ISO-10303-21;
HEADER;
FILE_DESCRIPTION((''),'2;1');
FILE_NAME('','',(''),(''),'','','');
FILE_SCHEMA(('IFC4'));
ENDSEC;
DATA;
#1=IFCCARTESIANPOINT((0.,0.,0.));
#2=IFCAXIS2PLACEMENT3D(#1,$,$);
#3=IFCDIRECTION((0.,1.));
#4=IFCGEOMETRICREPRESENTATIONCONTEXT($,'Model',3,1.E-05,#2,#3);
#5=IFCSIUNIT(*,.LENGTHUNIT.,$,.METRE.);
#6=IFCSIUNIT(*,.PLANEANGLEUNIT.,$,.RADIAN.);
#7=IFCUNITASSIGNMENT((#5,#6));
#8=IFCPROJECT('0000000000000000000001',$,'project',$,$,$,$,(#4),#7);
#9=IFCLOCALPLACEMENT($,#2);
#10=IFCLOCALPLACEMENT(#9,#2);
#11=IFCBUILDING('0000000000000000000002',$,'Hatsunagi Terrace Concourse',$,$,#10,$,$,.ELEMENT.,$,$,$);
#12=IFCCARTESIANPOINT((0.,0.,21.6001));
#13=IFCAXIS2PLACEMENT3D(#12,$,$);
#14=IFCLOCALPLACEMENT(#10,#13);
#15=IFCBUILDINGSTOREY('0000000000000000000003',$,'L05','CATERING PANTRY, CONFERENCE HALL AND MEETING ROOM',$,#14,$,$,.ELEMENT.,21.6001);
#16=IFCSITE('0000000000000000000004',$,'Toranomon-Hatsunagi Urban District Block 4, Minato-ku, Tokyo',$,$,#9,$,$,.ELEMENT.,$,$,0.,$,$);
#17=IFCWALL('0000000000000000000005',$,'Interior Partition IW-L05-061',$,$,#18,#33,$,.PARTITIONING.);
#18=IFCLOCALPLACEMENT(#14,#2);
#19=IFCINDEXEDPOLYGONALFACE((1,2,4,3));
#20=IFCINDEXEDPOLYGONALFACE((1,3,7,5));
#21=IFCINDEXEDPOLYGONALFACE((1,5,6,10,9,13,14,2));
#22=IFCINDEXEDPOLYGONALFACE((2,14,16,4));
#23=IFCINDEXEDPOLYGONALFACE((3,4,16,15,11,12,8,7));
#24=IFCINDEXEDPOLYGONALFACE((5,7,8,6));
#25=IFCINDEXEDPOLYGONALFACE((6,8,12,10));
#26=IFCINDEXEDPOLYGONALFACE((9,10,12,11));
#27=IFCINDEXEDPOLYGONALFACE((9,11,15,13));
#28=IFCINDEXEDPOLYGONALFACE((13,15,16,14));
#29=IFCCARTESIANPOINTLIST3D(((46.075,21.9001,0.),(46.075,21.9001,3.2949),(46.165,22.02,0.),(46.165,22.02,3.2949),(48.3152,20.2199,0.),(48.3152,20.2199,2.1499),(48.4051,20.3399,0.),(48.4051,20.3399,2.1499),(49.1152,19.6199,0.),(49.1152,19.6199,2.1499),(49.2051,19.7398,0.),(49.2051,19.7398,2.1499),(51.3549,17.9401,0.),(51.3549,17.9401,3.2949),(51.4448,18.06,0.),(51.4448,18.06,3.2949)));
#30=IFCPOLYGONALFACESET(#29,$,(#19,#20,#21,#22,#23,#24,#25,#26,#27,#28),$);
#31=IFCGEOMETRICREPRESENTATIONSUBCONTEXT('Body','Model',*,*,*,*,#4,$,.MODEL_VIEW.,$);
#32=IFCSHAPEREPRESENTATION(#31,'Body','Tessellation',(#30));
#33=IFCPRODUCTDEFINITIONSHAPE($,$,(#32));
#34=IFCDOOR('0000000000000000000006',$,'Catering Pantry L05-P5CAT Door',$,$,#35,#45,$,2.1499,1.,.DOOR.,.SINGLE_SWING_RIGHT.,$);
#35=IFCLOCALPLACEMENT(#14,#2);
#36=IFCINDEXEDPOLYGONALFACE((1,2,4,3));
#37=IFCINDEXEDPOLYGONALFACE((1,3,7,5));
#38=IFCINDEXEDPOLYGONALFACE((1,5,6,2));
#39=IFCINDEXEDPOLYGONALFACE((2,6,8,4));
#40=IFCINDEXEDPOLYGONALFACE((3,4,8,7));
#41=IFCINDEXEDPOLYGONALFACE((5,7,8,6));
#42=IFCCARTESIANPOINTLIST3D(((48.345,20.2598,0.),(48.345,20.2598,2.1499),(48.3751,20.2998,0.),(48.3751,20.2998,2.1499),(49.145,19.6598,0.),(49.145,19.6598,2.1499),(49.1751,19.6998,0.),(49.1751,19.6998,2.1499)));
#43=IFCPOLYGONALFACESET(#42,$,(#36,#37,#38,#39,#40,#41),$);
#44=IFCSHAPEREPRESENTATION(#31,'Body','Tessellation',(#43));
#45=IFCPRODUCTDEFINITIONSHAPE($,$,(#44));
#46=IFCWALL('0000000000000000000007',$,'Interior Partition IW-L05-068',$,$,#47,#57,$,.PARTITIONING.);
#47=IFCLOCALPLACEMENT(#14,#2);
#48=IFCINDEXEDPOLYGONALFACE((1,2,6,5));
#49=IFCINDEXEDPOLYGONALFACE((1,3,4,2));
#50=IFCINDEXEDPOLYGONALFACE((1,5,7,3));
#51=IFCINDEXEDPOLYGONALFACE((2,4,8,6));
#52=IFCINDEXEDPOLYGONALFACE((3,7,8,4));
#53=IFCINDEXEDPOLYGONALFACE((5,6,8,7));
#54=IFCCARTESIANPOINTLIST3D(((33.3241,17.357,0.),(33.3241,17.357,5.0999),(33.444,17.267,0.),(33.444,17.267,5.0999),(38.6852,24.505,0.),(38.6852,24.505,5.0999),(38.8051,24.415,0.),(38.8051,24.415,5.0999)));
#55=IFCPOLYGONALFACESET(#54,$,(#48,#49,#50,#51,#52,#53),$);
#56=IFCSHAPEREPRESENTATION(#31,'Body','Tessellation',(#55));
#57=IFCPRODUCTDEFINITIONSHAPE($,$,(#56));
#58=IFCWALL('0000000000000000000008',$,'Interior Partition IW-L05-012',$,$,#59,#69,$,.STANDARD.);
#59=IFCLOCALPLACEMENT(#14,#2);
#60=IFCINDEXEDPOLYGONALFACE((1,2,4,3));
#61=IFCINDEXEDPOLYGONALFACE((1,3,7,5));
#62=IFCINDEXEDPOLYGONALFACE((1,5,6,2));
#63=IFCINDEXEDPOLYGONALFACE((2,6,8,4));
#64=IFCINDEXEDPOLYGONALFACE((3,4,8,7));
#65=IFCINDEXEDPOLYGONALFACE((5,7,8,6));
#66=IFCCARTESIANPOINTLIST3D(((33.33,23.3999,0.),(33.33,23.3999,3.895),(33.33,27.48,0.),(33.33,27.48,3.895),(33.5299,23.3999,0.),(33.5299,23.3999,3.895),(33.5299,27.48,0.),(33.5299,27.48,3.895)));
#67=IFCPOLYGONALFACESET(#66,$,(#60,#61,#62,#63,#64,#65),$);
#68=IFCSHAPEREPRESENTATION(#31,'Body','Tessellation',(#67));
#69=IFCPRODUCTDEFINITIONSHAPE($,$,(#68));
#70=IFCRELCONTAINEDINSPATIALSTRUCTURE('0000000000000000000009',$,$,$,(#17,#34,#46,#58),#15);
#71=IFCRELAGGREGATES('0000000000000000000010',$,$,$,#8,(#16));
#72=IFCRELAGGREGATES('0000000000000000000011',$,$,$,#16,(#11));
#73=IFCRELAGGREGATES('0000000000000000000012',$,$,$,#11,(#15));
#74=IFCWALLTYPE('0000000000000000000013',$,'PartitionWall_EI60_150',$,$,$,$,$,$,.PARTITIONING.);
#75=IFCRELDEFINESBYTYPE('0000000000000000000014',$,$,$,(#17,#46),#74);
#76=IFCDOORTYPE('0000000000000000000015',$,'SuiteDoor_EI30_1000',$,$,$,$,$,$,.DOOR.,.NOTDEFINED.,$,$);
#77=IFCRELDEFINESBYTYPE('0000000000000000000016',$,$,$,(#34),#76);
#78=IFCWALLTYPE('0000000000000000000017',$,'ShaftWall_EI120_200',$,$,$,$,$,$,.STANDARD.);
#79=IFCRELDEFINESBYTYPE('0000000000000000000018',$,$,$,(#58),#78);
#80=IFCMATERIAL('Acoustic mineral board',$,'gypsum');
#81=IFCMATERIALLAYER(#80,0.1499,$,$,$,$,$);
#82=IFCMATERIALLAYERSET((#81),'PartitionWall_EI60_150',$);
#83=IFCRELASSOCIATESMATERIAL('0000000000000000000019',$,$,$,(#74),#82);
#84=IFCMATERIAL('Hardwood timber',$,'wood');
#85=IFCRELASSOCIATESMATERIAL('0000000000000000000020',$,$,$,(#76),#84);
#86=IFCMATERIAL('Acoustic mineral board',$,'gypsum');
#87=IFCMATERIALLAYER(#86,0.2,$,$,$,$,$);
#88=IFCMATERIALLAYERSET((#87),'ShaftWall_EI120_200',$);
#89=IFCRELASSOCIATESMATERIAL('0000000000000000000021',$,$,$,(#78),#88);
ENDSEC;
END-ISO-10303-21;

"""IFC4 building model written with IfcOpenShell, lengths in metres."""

from ifc_helpers import new_model, si_unit, direction, frame, frame_2d, origin, place, context, subcontext, project, spatial, rectangle, extrude, material, layer, layer_set, type_object, element, fill, save


model = new_model("IFC4")

# Units and contexts
model_context = context("Model", 3, precision=1e-05, world=origin(), true_north=direction((0.0, 1.0)))
body_context = subcontext(model_context, "Body", "Model", "MODEL_VIEW")
ifc_project = project(units=[si_unit("LENGTHUNIT", "METRE"), si_unit("PLANEANGLEUNIT", "RADIAN")], contexts=[model_context])

# Site, building, storey
site_placement = place(None, origin())
site = spatial("IfcSite", under=ifc_project, at=site_placement, Name="Toranomon-Hatsunagi Urban District Block 4, Minato-ku, Tokyo", CompositionType="ELEMENT", RefElevation=0.0)
building_placement = place(site_placement, origin())
building = spatial("IfcBuilding", under=site, at=building_placement, Name="Hatsunagi Terrace Concourse", CompositionType="ELEMENT")
storey_placement = place(building_placement, frame((0.0, 0.0, 21.6001)))
storey = spatial("IfcBuildingStorey", under=building, at=storey_placement, Name="L05", Description="CATERING PANTRY, CONFERENCE HALL AND MEETING ROOM", CompositionType="ELEMENT", Elevation=21.6001)

# Shared definitions
ifc_material_1 = material(Name="Acoustic mineral board", Category="gypsum")
ifc_layer_1 = layer(ifc_material_1, 0.1499)
ifc_layer_set_1 = layer_set([ifc_layer_1], Name="PartitionWall_EI60_150")
wall_type_1 = type_object("IfcWallType", Name="PartitionWall_EI60_150", PredefinedType="PARTITIONING", material=ifc_layer_set_1)

# Wall, opening, door
wall_1_placement = place(storey_placement, frame((46.1201, 21.96, 0.0), z_axis=(0.0, 0.0, 1.0), x_axis=(0.799991, -0.600012, 0.0)))
wall_1 = element("IfcWall", 1, at=wall_1_placement, inside=storey, type_object=wall_type_1, Name="Interior Partition IW-L05-061", PredefinedType="PARTITIONING", context=body_context, shape_type="SweptSolid", body=[
    extrude(rectangle(XDim=6.5999, YDim=0.1499, at=frame_2d((3.2998, 0.0))), origin(), (0.0, 0.0, 1.0), 3.2949),
])
opening_1_placement = place(wall_1_placement, frame((2.8, 0.0, 0.0)))
opening_1 = element("IfcOpeningElement", 2, at=opening_1_placement, cuts=wall_1, PredefinedType="OPENING", context=body_context, shape_type="SweptSolid", body=[
    extrude(rectangle(XDim=1.0, YDim=2.1499, at=frame_2d((0.5, 1.075))), frame((0.0, 0.085, 0.0), z_axis=(0.0, -1.0, 0.0), x_axis=(1.0, 0.0, 0.0)), (0.0, 0.0, 1.0), 0.1699),
])
ifc_material_2 = material(Name="Hardwood timber", Category="wood")
door_type_1 = type_object("IfcDoorType", Name="SuiteDoor_EI30_1000", OperationType="NOTDEFINED", PredefinedType="DOOR", material=ifc_material_2)
door_1_placement = place(opening_1_placement, origin())
door_1 = element("IfcDoor", 3, at=door_1_placement, inside=storey, type_object=door_type_1, Name="Catering Pantry L05-P5CAT Door", OperationType="SINGLE_SWING_RIGHT", OverallHeight=2.1499, OverallWidth=1.0, PredefinedType="DOOR", context=body_context, shape_type="SweptSolid", body=[
    extrude(rectangle(XDim=1.0, YDim=2.1499, at=frame_2d((0.5, 1.075))), frame((0.0, 0.0249, 0.0), z_axis=(0.0, -1.0, 0.0), x_axis=(1.0, 0.0, 0.0)), (0.0, 0.0, 1.0), 0.05),
])
fill(opening_1, door_1)

# Walls
wall_2_placement = place(storey_placement, frame((33.384, 17.312, 0.0), z_axis=(0.0, 0.0, 1.0), x_axis=(0.600009, 0.799993, 0.0)))
element("IfcWall", 4, at=wall_2_placement, inside=storey, type_object=wall_type_1, Name="Interior Partition IW-L05-068", PredefinedType="PARTITIONING", context=body_context, shape_type="SweptSolid", body=[
    extrude(rectangle(XDim=8.9351, YDim=0.1499, at=frame_2d((4.4675, 0.0))), origin(), (0.0, 0.0, 1.0), 5.0999),
])
ifc_material_3 = material(Name="Acoustic mineral board", Category="gypsum")
ifc_layer_2 = layer(ifc_material_3, 0.2)
ifc_layer_set_2 = layer_set([ifc_layer_2], Name="ShaftWall_EI120_200")
wall_type_2 = type_object("IfcWallType", Name="ShaftWall_EI120_200", PredefinedType="STANDARD", material=ifc_layer_set_2)
wall_3_placement = place(storey_placement, frame((33.4299, 23.3999, 0.0), z_axis=(0.0, 0.0, 1.0), x_axis=(0.0, 1.0, 0.0)))
element("IfcWall", 5, at=wall_3_placement, inside=storey, type_object=wall_type_2, Name="Interior Partition IW-L05-012", PredefinedType="STANDARD", context=body_context, shape_type="SweptSolid", body=[
    extrude(rectangle(XDim=4.0801, YDim=0.2, at=frame_2d((2.04, 0.0))), origin(), (0.0, 0.0, 1.0), 3.895),
])

save(model, "model.ifc")
